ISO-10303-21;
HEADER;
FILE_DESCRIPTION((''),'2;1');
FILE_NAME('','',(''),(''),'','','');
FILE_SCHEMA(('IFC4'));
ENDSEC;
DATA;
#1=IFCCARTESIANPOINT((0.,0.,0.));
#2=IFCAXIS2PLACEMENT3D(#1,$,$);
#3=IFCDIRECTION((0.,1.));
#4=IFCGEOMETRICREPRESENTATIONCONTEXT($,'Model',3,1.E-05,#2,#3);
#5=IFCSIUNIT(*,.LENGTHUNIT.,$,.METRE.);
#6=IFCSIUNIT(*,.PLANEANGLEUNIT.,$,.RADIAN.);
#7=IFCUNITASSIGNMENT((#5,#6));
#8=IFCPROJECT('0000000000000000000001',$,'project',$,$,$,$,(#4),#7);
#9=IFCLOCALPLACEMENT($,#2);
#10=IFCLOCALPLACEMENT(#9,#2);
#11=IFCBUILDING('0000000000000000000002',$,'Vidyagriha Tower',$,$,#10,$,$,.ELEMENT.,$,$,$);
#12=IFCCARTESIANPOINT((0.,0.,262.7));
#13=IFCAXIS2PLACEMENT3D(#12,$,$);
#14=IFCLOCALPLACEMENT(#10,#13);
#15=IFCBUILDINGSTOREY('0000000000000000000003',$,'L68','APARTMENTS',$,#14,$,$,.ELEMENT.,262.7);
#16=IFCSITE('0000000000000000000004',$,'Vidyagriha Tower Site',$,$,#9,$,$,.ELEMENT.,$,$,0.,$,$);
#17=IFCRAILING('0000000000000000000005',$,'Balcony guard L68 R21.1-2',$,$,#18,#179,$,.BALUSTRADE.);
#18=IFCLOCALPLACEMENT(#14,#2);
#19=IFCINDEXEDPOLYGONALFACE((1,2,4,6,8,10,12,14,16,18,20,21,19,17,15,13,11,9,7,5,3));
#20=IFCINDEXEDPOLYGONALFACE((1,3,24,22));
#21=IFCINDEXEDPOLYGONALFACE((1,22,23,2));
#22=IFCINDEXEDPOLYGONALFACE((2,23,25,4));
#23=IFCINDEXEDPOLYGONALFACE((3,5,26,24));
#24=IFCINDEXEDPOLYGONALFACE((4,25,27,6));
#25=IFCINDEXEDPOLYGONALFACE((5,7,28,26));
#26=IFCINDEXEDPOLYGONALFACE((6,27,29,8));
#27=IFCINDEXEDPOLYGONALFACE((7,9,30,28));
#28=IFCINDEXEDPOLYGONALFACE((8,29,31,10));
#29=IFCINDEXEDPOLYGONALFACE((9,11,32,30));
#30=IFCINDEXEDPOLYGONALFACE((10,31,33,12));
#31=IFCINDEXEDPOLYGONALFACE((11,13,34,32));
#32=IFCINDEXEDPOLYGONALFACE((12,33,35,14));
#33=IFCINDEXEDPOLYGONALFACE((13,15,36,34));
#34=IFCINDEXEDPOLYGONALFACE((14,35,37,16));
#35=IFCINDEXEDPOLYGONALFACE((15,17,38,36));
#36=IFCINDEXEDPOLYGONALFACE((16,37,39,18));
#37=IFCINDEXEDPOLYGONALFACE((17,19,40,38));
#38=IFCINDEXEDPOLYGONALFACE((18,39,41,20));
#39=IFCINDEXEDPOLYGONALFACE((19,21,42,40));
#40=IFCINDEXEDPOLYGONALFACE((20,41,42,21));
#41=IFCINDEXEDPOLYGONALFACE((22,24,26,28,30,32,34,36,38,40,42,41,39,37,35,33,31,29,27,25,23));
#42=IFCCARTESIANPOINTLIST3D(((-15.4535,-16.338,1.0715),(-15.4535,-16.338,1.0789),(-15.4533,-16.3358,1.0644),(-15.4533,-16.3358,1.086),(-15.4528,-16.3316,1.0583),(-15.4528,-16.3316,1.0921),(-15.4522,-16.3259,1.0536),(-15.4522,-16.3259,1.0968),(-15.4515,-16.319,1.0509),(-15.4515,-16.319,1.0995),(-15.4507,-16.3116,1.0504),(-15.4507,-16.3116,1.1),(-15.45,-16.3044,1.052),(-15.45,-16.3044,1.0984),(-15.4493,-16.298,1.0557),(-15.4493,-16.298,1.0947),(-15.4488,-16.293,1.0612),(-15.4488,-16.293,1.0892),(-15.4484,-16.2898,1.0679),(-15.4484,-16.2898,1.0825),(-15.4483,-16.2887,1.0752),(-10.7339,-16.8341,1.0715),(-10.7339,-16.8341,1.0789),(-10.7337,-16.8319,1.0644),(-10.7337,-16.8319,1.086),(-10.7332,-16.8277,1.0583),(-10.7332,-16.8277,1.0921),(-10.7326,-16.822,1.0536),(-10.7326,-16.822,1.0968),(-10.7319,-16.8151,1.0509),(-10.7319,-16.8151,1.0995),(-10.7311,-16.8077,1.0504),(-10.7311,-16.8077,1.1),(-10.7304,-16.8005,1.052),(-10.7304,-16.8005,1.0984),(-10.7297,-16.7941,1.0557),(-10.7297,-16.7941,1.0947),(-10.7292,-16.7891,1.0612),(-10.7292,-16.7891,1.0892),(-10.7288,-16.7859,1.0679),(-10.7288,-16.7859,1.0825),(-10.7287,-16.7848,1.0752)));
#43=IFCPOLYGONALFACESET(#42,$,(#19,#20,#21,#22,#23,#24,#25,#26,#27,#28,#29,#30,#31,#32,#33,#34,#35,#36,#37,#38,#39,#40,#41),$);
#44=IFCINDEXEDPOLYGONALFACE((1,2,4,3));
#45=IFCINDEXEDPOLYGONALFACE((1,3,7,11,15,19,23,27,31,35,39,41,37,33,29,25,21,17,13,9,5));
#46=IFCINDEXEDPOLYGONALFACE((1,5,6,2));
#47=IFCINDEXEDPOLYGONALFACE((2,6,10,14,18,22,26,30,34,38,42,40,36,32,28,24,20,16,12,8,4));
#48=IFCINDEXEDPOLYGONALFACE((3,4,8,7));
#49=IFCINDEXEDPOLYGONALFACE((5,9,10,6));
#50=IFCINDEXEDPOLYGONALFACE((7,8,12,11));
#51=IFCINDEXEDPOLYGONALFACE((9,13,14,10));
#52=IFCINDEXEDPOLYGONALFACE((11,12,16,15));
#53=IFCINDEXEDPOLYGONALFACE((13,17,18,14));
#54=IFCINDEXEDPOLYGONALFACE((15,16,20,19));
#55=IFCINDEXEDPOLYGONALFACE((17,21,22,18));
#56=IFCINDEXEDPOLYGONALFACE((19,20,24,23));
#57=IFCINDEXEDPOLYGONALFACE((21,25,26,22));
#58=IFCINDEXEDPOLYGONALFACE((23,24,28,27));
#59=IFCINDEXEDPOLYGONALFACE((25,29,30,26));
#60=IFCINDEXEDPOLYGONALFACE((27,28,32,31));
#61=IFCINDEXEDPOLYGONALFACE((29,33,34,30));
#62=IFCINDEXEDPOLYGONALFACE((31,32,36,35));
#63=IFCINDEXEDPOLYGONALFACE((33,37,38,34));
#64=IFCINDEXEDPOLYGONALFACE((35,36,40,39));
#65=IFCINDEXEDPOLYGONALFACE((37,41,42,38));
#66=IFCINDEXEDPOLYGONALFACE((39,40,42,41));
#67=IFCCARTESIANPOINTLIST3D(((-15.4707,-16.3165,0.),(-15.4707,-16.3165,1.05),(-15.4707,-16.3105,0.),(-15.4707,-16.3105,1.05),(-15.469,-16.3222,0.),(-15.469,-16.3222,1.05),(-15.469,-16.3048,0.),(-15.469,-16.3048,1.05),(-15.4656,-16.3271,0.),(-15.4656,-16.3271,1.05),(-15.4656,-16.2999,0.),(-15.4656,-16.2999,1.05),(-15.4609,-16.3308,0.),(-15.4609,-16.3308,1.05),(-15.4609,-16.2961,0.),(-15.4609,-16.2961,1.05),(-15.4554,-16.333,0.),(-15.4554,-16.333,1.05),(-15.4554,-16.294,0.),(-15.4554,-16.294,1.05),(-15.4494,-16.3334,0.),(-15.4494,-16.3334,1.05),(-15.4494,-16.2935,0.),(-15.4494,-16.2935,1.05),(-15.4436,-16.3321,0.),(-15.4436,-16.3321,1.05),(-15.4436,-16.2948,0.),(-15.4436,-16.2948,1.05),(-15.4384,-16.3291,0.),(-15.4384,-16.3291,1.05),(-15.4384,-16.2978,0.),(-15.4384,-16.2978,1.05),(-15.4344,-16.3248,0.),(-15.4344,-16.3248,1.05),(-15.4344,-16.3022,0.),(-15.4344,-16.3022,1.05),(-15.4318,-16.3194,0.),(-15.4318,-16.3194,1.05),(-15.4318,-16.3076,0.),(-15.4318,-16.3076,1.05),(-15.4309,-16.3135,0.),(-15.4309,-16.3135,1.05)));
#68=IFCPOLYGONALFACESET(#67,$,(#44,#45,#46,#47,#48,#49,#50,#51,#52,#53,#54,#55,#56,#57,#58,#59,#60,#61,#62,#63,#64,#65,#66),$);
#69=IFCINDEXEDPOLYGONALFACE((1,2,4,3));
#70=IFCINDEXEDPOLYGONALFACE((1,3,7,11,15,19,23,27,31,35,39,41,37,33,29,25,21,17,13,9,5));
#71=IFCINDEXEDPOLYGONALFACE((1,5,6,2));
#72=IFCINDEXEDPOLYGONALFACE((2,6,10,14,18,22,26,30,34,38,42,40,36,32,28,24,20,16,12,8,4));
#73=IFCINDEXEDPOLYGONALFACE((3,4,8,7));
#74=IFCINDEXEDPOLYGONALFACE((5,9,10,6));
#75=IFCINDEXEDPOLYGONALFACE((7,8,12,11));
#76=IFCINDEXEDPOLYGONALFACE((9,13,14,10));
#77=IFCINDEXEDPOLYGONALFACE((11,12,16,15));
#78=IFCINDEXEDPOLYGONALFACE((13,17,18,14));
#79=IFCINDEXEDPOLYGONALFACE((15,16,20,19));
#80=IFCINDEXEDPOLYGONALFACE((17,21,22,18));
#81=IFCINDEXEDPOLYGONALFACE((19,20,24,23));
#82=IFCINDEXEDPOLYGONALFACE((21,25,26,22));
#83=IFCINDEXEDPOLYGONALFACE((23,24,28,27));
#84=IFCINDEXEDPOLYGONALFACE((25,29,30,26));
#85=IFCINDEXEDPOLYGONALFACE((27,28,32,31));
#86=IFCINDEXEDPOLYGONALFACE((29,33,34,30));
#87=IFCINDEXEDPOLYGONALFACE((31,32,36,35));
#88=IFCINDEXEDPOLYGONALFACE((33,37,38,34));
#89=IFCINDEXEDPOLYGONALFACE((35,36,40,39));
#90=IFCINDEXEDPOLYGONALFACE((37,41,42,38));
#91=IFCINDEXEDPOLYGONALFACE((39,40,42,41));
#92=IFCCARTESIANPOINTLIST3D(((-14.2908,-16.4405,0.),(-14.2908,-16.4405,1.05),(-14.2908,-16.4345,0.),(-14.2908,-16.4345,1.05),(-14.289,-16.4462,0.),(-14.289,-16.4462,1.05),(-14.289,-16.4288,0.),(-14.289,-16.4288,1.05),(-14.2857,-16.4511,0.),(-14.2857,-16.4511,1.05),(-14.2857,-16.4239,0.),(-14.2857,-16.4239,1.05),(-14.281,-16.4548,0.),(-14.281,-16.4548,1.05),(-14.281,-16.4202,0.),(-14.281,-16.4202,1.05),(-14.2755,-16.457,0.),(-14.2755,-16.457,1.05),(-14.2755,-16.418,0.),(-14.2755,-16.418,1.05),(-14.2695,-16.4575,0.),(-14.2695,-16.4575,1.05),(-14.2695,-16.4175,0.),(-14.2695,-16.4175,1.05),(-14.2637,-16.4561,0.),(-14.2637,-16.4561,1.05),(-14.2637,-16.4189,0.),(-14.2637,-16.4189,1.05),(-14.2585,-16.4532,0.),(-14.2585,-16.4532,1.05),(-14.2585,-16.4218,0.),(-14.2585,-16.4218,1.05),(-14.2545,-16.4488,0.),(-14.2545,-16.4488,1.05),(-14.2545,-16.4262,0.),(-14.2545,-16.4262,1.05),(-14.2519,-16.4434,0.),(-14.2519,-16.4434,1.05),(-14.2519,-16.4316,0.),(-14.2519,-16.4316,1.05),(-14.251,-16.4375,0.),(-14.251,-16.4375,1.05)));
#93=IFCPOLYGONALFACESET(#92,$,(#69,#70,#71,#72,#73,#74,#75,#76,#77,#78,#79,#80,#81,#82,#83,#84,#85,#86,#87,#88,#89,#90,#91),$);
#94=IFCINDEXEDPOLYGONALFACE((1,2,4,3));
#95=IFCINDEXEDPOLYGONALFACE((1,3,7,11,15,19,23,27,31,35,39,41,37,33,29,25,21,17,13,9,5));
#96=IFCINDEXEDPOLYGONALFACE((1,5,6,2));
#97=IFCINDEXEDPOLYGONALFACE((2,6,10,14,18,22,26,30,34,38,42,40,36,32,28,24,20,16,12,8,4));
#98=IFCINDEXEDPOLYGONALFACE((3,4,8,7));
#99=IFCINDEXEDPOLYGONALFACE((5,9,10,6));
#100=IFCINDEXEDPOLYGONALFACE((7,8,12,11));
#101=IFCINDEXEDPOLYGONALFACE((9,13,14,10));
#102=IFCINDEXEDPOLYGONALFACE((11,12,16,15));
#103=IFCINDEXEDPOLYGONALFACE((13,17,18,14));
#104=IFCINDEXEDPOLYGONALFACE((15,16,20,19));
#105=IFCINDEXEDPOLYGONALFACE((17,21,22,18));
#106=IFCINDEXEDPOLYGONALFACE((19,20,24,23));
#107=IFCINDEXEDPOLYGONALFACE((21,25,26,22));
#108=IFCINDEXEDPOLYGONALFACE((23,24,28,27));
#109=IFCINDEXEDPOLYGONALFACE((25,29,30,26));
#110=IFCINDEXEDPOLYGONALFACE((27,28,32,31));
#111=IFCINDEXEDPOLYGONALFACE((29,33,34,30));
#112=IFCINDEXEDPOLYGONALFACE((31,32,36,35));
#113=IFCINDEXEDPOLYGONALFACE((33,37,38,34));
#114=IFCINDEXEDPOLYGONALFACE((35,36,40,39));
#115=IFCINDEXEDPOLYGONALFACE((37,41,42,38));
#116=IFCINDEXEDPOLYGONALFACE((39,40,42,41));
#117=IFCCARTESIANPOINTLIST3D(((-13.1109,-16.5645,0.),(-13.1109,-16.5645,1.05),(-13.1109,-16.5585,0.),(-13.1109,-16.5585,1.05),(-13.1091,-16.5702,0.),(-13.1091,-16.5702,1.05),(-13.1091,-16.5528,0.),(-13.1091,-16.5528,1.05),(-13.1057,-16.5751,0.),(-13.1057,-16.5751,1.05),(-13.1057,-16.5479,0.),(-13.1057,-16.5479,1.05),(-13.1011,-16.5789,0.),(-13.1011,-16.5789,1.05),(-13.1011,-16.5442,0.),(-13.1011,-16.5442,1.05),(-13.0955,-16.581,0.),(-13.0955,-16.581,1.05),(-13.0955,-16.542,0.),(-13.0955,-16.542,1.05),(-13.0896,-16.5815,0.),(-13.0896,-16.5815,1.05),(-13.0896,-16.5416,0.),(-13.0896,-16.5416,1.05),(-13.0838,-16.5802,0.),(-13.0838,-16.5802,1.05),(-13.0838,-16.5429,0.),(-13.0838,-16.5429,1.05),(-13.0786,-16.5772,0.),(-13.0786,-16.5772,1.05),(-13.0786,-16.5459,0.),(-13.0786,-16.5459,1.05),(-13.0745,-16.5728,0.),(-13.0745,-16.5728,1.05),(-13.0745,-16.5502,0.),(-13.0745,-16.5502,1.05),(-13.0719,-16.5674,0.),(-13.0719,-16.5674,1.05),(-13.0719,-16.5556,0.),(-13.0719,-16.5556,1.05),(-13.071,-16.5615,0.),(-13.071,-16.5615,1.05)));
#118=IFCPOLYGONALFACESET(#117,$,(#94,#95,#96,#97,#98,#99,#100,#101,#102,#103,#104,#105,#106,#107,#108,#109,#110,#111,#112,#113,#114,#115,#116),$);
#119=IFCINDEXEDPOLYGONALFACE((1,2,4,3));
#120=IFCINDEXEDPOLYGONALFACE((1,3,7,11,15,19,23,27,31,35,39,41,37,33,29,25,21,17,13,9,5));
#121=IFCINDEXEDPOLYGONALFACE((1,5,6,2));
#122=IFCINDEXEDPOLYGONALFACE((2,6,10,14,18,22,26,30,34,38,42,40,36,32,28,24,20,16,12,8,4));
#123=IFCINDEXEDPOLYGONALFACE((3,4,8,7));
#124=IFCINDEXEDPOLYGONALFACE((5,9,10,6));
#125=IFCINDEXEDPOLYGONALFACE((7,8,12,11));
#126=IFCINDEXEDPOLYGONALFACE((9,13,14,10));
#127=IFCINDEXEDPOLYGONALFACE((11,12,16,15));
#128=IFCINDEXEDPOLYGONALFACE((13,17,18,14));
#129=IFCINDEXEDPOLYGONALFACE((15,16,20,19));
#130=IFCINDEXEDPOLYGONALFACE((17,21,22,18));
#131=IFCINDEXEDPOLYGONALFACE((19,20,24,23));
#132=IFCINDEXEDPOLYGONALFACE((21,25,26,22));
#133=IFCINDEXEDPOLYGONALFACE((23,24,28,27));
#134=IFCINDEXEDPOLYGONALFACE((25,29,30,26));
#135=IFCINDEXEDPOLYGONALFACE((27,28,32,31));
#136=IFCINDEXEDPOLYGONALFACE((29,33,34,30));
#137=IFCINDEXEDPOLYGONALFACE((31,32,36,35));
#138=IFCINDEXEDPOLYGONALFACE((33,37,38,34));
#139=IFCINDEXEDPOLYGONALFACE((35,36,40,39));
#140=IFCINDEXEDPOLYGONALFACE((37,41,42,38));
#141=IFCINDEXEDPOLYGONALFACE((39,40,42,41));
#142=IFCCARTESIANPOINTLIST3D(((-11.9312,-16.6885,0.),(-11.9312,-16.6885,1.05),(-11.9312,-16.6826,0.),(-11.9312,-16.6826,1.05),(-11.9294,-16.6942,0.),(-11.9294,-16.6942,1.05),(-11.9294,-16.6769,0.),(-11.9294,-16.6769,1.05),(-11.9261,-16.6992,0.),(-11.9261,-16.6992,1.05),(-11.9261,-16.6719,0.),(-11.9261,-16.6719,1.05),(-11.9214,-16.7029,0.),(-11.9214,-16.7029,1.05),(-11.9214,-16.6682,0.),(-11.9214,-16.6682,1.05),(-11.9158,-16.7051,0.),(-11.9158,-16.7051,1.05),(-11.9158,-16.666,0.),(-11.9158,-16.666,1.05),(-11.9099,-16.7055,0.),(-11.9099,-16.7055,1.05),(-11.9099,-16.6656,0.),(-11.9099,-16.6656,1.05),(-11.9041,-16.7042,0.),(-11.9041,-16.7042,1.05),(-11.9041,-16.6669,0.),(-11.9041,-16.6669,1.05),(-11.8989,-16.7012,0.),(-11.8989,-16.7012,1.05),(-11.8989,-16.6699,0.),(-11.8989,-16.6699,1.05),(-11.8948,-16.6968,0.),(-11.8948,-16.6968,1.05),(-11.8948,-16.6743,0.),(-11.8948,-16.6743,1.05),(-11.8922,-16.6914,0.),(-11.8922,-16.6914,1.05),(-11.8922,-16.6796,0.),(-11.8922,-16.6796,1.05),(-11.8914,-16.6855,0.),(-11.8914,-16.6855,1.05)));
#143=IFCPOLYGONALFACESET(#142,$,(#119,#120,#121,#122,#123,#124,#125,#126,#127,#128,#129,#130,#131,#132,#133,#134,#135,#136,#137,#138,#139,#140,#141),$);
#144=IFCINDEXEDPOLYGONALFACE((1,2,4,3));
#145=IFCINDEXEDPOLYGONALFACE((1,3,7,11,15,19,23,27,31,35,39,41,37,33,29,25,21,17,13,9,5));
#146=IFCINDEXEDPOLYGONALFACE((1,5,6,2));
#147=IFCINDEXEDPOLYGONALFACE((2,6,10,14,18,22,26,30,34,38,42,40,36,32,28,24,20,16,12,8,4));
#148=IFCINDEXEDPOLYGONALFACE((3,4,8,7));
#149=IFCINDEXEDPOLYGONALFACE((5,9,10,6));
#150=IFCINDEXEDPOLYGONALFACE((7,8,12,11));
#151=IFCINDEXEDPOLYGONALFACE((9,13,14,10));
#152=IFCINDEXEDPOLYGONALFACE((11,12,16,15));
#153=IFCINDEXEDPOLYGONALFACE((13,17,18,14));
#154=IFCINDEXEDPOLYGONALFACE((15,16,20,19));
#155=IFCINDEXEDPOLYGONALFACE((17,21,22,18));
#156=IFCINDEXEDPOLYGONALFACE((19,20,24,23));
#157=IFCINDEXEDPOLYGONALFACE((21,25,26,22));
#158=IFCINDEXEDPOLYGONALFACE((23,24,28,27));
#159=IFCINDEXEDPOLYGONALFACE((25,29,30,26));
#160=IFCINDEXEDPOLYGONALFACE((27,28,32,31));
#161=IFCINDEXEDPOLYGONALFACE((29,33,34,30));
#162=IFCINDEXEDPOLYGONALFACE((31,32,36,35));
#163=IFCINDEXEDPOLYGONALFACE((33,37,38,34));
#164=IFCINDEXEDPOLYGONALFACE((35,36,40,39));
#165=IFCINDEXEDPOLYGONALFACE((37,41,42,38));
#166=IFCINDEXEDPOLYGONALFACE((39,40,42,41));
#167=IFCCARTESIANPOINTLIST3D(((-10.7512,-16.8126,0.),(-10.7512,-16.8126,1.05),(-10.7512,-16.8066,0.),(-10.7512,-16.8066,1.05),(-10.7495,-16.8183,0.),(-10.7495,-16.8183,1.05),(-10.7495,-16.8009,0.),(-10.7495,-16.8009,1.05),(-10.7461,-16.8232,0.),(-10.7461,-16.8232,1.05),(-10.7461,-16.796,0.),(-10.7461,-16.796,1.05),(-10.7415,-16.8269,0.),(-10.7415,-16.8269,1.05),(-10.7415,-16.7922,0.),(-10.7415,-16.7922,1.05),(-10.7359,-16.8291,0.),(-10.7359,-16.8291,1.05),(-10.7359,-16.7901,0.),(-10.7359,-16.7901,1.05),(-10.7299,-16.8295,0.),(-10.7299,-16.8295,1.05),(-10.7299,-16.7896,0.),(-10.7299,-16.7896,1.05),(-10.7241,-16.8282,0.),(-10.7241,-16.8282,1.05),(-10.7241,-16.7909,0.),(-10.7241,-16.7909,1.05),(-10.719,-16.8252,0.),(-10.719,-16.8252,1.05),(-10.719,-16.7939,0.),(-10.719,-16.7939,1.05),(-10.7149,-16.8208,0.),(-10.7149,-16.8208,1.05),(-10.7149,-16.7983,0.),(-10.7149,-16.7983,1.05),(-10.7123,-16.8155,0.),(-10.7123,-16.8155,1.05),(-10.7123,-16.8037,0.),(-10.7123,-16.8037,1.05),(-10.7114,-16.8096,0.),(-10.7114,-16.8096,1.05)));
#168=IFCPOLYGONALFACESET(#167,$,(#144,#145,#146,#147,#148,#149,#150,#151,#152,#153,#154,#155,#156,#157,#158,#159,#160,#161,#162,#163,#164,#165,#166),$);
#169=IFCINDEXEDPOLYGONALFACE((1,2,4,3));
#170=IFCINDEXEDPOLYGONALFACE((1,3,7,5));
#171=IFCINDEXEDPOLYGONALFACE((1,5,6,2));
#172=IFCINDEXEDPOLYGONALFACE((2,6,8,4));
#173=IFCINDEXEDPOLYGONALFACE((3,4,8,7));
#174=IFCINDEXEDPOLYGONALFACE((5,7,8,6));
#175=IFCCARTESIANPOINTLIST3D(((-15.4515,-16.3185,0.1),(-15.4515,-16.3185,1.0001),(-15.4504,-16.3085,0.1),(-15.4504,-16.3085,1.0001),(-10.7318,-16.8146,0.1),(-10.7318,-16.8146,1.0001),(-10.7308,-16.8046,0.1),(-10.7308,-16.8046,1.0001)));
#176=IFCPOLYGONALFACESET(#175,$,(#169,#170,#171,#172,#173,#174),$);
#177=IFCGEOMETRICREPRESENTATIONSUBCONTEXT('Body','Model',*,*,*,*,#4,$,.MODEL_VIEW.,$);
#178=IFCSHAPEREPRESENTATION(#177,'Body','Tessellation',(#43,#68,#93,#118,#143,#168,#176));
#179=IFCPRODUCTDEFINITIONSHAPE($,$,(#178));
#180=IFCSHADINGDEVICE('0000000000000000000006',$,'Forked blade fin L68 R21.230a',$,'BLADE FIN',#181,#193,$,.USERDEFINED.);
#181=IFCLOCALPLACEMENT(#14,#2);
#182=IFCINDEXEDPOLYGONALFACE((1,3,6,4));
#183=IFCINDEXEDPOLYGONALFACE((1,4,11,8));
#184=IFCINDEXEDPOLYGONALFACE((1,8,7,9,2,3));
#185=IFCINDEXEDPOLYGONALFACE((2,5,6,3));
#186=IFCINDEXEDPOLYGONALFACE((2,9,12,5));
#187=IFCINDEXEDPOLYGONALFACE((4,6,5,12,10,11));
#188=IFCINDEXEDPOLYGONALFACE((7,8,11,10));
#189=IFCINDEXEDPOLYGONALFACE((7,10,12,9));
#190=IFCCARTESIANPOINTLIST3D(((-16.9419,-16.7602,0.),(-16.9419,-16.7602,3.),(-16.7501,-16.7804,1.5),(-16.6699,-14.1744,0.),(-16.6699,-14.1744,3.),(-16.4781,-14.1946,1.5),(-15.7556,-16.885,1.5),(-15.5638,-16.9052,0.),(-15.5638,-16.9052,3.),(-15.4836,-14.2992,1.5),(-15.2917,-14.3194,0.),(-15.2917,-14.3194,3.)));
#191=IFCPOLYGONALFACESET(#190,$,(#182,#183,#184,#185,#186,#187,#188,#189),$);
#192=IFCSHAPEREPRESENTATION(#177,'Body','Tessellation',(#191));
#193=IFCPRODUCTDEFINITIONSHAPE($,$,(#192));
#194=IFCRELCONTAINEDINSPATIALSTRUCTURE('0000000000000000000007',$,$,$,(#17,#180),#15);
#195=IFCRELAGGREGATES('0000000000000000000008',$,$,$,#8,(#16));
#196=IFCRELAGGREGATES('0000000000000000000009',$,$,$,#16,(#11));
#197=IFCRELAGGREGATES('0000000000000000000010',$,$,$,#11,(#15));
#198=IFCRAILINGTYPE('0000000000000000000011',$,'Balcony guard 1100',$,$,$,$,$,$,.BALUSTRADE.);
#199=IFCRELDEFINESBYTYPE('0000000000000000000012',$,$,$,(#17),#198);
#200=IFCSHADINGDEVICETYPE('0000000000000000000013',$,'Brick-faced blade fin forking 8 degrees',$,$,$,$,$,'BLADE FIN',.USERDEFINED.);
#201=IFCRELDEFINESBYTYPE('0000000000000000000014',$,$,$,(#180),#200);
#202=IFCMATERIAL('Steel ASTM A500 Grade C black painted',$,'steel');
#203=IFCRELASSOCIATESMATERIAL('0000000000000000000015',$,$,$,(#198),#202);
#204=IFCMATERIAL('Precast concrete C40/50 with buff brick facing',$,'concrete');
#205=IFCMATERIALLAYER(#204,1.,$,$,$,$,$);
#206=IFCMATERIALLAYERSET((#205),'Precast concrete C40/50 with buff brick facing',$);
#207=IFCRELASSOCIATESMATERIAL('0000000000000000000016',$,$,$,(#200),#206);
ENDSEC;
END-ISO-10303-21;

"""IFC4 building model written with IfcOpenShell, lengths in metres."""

from ifc_helpers import new_model, si_unit, direction, frame, origin, origin_2d, place, context, subcontext, project, spatial, polyline, rectangle, circle, outline, extrude, material, layer, layer_set, type_object, element, save


model = new_model("IFC4")

# Units and contexts
model_context = context("Model", 3, precision=1e-05, world=origin(), true_north=direction((0.0, 1.0)))
body_context = subcontext(model_context, "Body", "Model", "MODEL_VIEW")
ifc_project = project(units=[si_unit("LENGTHUNIT", "METRE"), si_unit("PLANEANGLEUNIT", "RADIAN")], contexts=[model_context])

# Site, building, storey
site_placement = place(None, origin())
site = spatial("IfcSite", under=ifc_project, at=site_placement, Name="Vidyagriha Tower Site", CompositionType="ELEMENT", RefElevation=0.0)
building_placement = place(site_placement, origin())
building = spatial("IfcBuilding", under=site, at=building_placement, Name="Vidyagriha Tower", CompositionType="ELEMENT")
storey_placement = place(building_placement, frame((0.0, 0.0, 262.7)))
storey = spatial("IfcBuildingStorey", under=building, at=storey_placement, Name="L68", Description="APARTMENTS", CompositionType="ELEMENT", Elevation=262.7)

# Railing
ifc_material_1 = material(Name="Steel ASTM A500 Grade C black painted", Category="steel")
railing_type_1 = type_object("IfcRailingType", Name="Balcony guard 1100", PredefinedType="BALUSTRADE", material=ifc_material_1)
railing_1_placement = place(storey_placement, frame((-15.4509, -16.3135, 0.0)))
element("IfcRailing", 1, at=railing_1_placement, inside=storey, type_object=railing_type_1, Name="Balcony guard L68 R21.1-2", PredefinedType="BALUSTRADE", context=body_context, shape_type="SweptSolid", body=[
    extrude(circle(Radius=0.0249, at=origin_2d()), frame((0.0, 0.0, 1.0752), z_axis=(0.994521, -0.10454, 0.0), x_axis=(0.10454, 0.994521, 0.0)), (0.0, 0.0, 1.0), 4.7456),
    extrude(circle(Radius=0.02, at=origin_2d()), origin(), (0.0, 0.0, 1.0), 1.05),
    extrude(circle(Radius=0.02, at=origin_2d()), frame((1.1799, -0.124, 0.0)), (0.0, 0.0, 1.0), 1.05),
    extrude(circle(Radius=0.02, at=origin_2d()), frame((2.3599, -0.248, 0.0)), (0.0, 0.0, 1.0), 1.05),
    extrude(circle(Radius=0.02, at=origin_2d()), frame((3.5396, -0.3721, 0.0)), (0.0, 0.0, 1.0), 1.05),
    extrude(circle(Radius=0.02, at=origin_2d()), frame((4.7195, -0.4961, 0.0)), (0.0, 0.0, 1.0), 1.05),
    extrude(rectangle(XDim=0.01, YDim=0.9001, at=origin_2d()), frame((0.0, 0.0, 0.55), z_axis=(0.994521, -0.10454, 0.0), x_axis=(0.10454, 0.994521, 0.0)), (0.0, 0.0, 1.0), 4.7456),
])

# Shading device
ifc_material_2 = material(Name="Precast concrete C40/50 with buff brick facing", Category="concrete")
ifc_layer_1 = layer(ifc_material_2, 1.0)
ifc_layer_set_1 = layer_set([ifc_layer_1], Name="Precast concrete C40/50 with buff brick facing")
shading_device_type = type_object("IfcShadingDeviceType", Name="Brick-faced blade fin forking 8 degrees", ElementType="BLADE FIN", PredefinedType="USERDEFINED", material=ifc_layer_set_1)
shading_device_placement = place(storey_placement, frame((-16.8059, -15.4673, 0.0), z_axis=(0.0, 0.0, 1.0), x_axis=(0.994511, -0.10463, 0.0)))
element("IfcShadingDevice", 2, at=shading_device_placement, inside=storey, type_object=shading_device_type, Name="Forked blade fin L68 R21.230a", ObjectType="BLADE FIN", PredefinedType="USERDEFINED", context=body_context, shape_type="SweptSolid", body=[
    extrude(outline(polyline([(0.0, 0.0), (1.3857, 0.0), (1.1929, 1.5), (1.3857, 3.0), (0.0, 3.0), (0.1929, 1.5), (0.0, 0.0)])), frame((0.0, 1.3, 0.0), z_axis=(0.0, -1.0, 0.0), x_axis=(1.0, 0.0, 0.0)), (0.0, 0.0, 1.0), 2.6001),
])

save(model, "model.ifc")
